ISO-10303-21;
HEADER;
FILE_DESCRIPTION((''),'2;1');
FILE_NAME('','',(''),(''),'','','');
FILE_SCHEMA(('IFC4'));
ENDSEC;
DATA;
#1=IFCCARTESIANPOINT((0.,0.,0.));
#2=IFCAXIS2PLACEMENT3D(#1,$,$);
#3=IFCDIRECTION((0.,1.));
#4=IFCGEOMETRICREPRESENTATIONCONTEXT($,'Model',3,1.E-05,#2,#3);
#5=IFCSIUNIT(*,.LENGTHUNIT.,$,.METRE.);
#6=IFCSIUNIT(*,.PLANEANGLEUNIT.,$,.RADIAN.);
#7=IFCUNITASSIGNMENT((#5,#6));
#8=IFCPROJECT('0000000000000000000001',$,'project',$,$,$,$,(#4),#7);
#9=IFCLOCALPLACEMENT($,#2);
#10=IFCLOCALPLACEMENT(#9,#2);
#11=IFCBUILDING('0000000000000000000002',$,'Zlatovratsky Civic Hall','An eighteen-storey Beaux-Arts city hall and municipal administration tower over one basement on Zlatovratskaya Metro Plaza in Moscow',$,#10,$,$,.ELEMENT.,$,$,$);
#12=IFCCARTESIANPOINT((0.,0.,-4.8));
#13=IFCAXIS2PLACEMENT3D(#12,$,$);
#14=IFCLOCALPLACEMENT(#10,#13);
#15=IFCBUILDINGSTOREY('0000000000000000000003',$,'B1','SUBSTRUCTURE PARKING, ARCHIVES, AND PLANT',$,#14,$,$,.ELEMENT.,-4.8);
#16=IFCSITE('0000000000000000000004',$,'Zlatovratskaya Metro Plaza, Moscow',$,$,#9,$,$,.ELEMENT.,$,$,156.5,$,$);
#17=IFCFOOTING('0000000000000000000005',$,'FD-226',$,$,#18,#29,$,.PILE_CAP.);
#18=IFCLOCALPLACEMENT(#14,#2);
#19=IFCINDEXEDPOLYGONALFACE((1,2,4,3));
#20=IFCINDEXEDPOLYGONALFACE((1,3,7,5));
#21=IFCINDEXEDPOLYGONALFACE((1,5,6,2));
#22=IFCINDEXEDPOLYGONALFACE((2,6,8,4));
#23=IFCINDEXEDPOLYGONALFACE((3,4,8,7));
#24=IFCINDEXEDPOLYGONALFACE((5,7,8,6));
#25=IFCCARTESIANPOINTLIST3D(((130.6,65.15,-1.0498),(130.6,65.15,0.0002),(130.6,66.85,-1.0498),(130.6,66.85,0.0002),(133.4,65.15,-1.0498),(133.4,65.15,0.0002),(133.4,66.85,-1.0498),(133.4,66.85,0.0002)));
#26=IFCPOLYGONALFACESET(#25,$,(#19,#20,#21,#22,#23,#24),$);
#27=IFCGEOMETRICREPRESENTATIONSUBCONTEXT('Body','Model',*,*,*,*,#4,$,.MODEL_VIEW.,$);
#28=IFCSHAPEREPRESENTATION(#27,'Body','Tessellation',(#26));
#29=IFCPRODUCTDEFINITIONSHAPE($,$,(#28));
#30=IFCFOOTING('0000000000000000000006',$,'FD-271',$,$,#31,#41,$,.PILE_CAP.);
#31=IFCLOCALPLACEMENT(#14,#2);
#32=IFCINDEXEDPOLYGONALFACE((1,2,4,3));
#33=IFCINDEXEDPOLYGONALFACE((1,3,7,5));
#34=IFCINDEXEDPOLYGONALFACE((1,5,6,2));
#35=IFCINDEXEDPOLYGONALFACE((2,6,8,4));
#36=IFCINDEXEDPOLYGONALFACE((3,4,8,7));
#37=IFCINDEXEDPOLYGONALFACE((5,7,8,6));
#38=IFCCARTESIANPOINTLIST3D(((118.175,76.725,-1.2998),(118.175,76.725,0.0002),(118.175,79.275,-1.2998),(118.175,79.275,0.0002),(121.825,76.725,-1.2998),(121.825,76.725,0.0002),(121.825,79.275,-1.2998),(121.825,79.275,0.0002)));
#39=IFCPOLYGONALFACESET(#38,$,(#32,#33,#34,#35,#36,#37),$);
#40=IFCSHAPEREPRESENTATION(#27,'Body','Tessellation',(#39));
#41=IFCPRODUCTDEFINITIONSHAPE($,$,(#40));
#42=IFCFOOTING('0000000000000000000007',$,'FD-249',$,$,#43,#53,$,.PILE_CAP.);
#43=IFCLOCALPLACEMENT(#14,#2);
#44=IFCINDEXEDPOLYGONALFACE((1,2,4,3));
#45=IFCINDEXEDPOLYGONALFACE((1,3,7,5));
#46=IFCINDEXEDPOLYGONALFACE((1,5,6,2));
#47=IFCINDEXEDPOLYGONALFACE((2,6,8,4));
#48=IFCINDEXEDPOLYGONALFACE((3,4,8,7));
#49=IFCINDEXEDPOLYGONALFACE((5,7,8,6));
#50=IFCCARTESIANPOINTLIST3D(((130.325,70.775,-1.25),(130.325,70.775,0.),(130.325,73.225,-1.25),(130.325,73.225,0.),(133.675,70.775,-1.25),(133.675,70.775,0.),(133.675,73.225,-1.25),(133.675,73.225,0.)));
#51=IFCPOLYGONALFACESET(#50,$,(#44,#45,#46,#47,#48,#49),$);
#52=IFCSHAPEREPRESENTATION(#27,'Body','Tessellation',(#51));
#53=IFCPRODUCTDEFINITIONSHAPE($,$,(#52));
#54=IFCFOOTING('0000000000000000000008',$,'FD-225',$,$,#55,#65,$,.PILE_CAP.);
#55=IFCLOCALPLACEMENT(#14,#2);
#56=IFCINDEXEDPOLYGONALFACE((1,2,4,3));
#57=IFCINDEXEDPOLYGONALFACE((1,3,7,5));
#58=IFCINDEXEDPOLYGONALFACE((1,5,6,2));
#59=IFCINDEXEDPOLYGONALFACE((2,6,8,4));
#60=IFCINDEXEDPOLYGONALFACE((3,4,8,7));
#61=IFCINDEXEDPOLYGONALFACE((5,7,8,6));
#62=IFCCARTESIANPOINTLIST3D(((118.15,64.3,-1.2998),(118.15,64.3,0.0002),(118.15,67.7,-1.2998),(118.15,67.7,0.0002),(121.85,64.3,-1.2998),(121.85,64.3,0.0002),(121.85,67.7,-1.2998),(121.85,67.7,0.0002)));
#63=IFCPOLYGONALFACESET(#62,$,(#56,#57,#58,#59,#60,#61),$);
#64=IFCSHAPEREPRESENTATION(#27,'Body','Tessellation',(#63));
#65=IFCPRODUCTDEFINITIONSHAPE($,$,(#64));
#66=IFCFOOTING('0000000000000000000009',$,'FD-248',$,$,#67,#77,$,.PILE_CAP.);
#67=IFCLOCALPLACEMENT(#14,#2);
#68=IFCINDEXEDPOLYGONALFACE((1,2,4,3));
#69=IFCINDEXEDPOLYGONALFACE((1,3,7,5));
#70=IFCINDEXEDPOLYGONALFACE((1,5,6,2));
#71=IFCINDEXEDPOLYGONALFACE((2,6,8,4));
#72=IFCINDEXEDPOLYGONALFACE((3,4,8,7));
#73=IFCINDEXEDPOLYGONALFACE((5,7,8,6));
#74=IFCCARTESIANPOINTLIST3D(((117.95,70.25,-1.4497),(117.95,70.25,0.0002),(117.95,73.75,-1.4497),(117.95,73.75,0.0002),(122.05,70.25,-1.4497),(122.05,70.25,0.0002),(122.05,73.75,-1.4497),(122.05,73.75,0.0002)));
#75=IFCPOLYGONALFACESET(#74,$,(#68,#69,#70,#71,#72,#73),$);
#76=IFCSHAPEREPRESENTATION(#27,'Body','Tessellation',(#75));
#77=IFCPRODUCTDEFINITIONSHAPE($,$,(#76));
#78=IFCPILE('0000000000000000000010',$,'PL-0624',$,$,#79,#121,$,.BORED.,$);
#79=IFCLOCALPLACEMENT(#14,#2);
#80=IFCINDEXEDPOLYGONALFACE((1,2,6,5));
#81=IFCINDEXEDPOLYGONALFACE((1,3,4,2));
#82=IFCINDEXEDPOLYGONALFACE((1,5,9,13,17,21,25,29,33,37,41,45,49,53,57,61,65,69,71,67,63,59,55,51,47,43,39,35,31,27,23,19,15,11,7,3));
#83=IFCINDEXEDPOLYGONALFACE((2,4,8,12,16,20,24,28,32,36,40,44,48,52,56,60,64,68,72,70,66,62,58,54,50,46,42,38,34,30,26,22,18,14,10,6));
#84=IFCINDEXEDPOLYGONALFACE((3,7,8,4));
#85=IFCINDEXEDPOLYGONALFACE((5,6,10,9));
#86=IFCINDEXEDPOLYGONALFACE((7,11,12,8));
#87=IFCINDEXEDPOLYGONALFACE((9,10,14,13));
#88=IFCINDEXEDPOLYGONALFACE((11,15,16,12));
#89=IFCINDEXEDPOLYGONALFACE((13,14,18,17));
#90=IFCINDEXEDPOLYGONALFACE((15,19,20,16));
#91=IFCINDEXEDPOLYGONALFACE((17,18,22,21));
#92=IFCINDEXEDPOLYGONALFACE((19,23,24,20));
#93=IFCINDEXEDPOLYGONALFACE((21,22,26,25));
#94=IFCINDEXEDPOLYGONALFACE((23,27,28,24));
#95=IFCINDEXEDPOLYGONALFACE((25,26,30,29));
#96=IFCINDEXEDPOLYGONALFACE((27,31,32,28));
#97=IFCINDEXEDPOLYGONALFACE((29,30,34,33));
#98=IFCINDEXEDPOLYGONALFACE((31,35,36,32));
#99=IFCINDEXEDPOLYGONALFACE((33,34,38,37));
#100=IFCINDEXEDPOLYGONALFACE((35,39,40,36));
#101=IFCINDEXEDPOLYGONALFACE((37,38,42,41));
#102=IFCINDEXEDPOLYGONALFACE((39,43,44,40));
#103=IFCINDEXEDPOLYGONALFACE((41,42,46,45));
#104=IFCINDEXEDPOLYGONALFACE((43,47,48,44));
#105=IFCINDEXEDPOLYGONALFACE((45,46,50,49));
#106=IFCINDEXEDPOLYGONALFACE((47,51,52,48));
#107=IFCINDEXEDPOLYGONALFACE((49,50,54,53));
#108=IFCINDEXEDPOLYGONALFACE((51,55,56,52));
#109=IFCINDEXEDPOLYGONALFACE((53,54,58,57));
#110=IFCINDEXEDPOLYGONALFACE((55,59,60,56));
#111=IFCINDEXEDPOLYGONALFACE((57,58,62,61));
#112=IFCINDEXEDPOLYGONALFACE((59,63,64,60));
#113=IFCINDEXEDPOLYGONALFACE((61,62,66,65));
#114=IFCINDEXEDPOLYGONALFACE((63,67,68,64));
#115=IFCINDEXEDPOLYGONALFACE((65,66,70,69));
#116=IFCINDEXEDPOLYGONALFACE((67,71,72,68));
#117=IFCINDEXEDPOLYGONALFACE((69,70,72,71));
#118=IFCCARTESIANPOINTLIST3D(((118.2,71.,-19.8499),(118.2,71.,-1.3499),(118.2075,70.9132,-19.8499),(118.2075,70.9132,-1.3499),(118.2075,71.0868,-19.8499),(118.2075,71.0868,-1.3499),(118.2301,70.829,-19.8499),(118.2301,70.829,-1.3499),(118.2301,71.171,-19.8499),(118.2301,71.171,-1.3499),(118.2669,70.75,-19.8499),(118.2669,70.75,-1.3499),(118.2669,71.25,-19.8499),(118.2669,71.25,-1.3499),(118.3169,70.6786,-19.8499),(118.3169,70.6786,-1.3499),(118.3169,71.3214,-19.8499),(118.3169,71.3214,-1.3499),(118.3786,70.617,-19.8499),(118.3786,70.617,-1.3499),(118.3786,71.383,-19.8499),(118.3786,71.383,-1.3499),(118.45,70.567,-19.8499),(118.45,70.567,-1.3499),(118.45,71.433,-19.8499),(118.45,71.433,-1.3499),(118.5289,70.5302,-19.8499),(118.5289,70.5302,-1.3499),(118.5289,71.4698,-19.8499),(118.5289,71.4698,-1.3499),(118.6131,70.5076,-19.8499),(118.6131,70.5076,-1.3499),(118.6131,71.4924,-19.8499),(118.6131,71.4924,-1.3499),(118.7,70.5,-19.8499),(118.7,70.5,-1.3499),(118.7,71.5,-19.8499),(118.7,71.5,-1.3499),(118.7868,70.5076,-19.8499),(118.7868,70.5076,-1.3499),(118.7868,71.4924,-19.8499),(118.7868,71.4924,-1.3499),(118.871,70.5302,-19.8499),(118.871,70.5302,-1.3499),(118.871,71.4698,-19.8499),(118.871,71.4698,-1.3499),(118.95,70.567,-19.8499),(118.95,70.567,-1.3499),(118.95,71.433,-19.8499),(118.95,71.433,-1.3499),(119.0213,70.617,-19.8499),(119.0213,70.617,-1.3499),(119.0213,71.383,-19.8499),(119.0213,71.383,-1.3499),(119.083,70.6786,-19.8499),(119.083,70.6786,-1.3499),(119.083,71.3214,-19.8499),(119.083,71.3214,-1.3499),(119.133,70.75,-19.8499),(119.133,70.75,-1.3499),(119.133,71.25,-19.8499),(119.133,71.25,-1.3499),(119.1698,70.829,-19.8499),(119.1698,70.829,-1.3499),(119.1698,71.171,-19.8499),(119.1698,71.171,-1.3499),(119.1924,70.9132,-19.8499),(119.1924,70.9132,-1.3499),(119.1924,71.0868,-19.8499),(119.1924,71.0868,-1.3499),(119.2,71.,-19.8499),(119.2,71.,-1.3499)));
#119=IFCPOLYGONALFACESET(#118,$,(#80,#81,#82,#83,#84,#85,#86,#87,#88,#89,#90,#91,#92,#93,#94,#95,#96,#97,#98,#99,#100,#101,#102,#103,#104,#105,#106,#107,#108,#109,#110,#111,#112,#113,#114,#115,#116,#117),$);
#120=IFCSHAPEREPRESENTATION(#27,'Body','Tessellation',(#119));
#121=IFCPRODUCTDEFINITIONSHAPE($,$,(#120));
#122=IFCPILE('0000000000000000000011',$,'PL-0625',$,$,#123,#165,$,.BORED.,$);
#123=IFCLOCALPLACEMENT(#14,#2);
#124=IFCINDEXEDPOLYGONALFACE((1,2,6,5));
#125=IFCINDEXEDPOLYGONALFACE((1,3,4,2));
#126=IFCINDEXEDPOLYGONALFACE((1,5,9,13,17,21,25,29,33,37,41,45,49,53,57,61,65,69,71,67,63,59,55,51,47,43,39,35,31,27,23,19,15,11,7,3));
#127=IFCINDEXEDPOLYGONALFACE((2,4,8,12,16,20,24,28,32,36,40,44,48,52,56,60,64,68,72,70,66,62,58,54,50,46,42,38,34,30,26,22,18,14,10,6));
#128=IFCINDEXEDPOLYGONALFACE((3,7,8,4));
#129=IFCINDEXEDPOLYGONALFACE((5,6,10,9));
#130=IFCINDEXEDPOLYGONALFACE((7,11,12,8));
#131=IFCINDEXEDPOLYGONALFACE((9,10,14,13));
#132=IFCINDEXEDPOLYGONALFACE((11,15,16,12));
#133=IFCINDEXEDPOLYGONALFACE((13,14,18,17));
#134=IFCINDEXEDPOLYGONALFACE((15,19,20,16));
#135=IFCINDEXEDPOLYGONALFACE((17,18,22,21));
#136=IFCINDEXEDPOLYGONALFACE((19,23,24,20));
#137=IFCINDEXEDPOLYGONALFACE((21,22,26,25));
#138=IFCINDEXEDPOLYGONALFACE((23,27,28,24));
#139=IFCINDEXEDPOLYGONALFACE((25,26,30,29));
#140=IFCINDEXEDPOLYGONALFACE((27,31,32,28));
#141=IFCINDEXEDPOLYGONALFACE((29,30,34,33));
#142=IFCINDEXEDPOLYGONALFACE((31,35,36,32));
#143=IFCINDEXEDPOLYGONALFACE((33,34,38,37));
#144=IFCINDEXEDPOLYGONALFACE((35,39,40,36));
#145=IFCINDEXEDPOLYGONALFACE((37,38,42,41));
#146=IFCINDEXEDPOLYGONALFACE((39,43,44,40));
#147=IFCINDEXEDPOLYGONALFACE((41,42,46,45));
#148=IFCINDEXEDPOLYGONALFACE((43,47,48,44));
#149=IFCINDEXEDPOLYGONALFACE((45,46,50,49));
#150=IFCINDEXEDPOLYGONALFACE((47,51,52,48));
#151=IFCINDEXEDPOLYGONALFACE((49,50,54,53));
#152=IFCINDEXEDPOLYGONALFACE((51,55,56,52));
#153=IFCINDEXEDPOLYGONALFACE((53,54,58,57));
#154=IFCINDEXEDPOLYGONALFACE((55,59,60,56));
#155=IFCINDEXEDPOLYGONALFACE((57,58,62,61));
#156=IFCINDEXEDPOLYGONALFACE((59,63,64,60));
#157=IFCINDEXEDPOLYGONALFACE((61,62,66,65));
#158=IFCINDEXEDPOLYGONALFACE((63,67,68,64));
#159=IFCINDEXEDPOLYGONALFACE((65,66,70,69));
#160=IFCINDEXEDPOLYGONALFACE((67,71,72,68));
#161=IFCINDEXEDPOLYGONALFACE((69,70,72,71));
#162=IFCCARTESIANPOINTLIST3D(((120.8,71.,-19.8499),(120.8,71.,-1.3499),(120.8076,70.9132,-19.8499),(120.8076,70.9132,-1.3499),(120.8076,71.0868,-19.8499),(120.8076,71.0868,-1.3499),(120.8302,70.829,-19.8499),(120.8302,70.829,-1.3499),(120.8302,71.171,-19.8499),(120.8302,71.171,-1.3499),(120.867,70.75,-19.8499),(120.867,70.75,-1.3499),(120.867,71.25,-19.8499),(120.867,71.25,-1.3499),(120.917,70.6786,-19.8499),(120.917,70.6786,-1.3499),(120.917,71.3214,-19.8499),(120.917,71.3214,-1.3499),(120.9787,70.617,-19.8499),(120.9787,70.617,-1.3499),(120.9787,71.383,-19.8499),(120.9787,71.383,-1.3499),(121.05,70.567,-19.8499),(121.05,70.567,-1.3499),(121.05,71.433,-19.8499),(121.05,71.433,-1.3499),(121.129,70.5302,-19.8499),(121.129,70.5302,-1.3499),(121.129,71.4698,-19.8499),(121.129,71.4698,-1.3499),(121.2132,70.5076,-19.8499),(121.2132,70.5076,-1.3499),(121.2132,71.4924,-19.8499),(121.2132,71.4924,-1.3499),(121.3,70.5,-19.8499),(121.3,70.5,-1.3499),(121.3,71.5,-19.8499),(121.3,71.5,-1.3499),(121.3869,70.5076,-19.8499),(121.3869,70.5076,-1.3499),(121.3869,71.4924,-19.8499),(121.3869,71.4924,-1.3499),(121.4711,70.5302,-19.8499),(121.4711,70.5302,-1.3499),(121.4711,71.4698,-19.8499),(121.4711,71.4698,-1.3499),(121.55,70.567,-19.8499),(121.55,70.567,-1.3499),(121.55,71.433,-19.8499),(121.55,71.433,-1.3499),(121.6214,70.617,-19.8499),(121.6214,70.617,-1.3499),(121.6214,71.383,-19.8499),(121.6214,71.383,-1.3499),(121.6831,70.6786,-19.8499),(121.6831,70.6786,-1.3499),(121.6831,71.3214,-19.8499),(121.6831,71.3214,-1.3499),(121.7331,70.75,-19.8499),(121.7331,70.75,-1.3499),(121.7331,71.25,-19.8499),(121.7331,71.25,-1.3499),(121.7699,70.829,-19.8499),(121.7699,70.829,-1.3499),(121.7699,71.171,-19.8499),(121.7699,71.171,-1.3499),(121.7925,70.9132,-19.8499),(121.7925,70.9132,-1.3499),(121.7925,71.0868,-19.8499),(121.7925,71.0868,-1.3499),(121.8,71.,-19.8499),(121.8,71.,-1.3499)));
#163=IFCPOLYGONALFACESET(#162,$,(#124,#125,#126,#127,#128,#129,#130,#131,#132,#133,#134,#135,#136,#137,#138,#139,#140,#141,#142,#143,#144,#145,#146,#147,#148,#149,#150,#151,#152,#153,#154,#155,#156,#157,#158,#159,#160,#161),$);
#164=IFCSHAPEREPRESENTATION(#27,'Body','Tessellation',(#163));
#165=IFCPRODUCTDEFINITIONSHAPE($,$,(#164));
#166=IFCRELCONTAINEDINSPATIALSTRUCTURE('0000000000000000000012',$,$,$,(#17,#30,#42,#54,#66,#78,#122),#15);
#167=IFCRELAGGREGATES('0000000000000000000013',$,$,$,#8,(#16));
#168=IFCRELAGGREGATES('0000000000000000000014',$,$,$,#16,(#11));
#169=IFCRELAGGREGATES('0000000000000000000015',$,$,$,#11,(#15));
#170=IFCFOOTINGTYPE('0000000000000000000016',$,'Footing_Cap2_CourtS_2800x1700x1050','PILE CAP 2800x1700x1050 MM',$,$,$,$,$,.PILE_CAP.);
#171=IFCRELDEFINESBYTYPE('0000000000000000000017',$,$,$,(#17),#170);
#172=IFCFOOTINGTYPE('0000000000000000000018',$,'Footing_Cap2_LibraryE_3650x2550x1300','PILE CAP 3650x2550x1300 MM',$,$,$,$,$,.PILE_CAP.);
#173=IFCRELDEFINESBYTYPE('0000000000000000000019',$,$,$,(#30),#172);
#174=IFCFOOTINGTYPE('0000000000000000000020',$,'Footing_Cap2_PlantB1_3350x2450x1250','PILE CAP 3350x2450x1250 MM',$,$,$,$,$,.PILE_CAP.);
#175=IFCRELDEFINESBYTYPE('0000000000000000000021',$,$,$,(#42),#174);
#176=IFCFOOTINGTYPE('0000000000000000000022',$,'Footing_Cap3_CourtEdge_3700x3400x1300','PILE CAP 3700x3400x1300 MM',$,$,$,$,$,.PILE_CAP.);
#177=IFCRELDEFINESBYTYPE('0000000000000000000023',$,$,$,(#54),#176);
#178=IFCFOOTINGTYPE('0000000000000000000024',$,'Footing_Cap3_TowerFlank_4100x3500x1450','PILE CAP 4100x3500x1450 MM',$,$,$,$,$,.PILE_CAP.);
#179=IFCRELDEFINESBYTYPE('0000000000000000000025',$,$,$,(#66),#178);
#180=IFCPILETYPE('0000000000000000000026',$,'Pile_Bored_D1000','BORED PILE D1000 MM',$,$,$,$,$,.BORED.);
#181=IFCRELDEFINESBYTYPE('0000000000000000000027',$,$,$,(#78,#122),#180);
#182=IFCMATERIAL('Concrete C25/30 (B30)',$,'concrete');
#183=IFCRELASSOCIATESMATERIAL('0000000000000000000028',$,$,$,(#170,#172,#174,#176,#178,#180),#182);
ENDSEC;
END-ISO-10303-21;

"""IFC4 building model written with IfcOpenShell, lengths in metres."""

from ifc_helpers import new_model, si_unit, direction, frame, origin, origin_2d, place, context, subcontext, project, spatial, rectangle, circle, extrude, material, material_profile, profile_set, type_object, element, save


model = new_model("IFC4")

# Units and contexts
model_context = context("Model", 3, precision=1e-05, world=origin(), true_north=direction((0.0, 1.0)))
body_context = subcontext(model_context, "Body", "Model", "MODEL_VIEW")
ifc_project = project(units=[si_unit("LENGTHUNIT", "METRE"), si_unit("PLANEANGLEUNIT", "RADIAN")], contexts=[model_context])

# Site, building, storey
site_placement = place(None, origin())
site = spatial("IfcSite", under=ifc_project, at=site_placement, Name="Zlatovratskaya Metro Plaza, Moscow", CompositionType="ELEMENT", RefElevation=156.5)
building_placement = place(site_placement, origin())
building = spatial("IfcBuilding", under=site, at=building_placement, Name="Zlatovratsky Civic Hall", Description="An eighteen-storey Beaux-Arts city hall and municipal administration tower over one basement on Zlatovratskaya Metro Plaza in Moscow", CompositionType="ELEMENT")
storey_placement = place(building_placement, frame((0.0, 0.0, -4.8)))
storey = spatial("IfcBuildingStorey", under=building, at=storey_placement, Name="B1", Description="SUBSTRUCTURE PARKING, ARCHIVES, AND PLANT", CompositionType="ELEMENT", Elevation=-4.8)

# Footings
ifc_material_1 = material(Name="Concrete C25/30 (B30)", Category="concrete")
footing_type_1 = type_object("IfcFootingType", Name="Footing_Cap2_CourtS_2800x1700x1050", Description="PILE CAP 2800x1700x1050 MM", PredefinedType="PILE_CAP", material=ifc_material_1)
footing_1_placement = place(storey_placement, frame((132.0, 66.0, -1.0498), z_axis=(0.0, 0.0, 1.0), x_axis=(1.0, 0.0, 0.0)))
element("IfcFooting", 1, at=footing_1_placement, inside=storey, type_object=footing_type_1, Name="FD-226", PredefinedType="PILE_CAP", context=body_context, shape_type="SweptSolid", body=[
    extrude(rectangle(XDim=2.8, YDim=1.7, at=origin_2d()), origin(), (0.0, 0.0, 1.0), 1.05),
])
footing_type_2 = type_object("IfcFootingType", Name="Footing_Cap2_LibraryE_3650x2550x1300", Description="PILE CAP 3650x2550x1300 MM", PredefinedType="PILE_CAP", material=ifc_material_1)
footing_2_placement = place(storey_placement, frame((120.0, 78.0, -1.2998), z_axis=(0.0, 0.0, 1.0), x_axis=(1.0, 0.0, 0.0)))
element("IfcFooting", 2, at=footing_2_placement, inside=storey, type_object=footing_type_2, Name="FD-271", PredefinedType="PILE_CAP", context=body_context, shape_type="SweptSolid", body=[
    extrude(rectangle(XDim=3.6499, YDim=2.55, at=origin_2d()), origin(), (0.0, 0.0, 1.0), 1.3),
])
footing_type_3 = type_object("IfcFootingType", Name="Footing_Cap2_PlantB1_3350x2450x1250", Description="PILE CAP 3350x2450x1250 MM", PredefinedType="PILE_CAP", material=ifc_material_1)
footing_3_placement = place(storey_placement, frame((132.0, 72.0, -1.25), z_axis=(0.0, 0.0, 1.0), x_axis=(1.0, 0.0, 0.0)))
element("IfcFooting", 3, at=footing_3_placement, inside=storey, type_object=footing_type_3, Name="FD-249", PredefinedType="PILE_CAP", context=body_context, shape_type="SweptSolid", body=[
    extrude(rectangle(XDim=3.3501, YDim=2.45, at=origin_2d()), origin(), (0.0, 0.0, 1.0), 1.25),
])
footing_type_4 = type_object("IfcFootingType", Name="Footing_Cap3_CourtEdge_3700x3400x1300", Description="PILE CAP 3700x3400x1300 MM", PredefinedType="PILE_CAP", material=ifc_material_1)
footing_4_placement = place(storey_placement, frame((120.0, 66.0, -1.2998), z_axis=(0.0, 0.0, 1.0), x_axis=(1.0, 0.0, 0.0)))
element("IfcFooting", 4, at=footing_4_placement, inside=storey, type_object=footing_type_4, Name="FD-225", PredefinedType="PILE_CAP", context=body_context, shape_type="SweptSolid", body=[
    extrude(rectangle(XDim=3.7, YDim=3.3999, at=origin_2d()), origin(), (0.0, 0.0, 1.0), 1.3),
])
footing_type_5 = type_object("IfcFootingType", Name="Footing_Cap3_TowerFlank_4100x3500x1450", Description="PILE CAP 4100x3500x1450 MM", PredefinedType="PILE_CAP", material=ifc_material_1)
footing_5_placement = place(storey_placement, frame((120.0, 72.0, -1.4497), z_axis=(0.0, 0.0, 1.0), x_axis=(1.0, 0.0, 0.0)))
element("IfcFooting", 5, at=footing_5_placement, inside=storey, type_object=footing_type_5, Name="FD-248", PredefinedType="PILE_CAP", context=body_context, shape_type="SweptSolid", body=[
    extrude(rectangle(XDim=4.1001, YDim=3.5, at=origin_2d()), origin(), (0.0, 0.0, 1.0), 1.45),
])

# Piles
ifc_material_profile_1 = material_profile(ifc_material_1, circle(Radius=0.5, at=origin_2d()), Name="PILE D1000")
ifc_profile_set_1 = profile_set([ifc_material_profile_1], Name="Concrete C25/30 (B30)")
pile_type_1 = type_object("IfcPileType", Name="Pile_Bored_D1000", Description="BORED PILE D1000 MM", PredefinedType="BORED", material=ifc_profile_set_1)
for number, where, z_axis, x_axis, name in (
    (6, (118.7, 71.0, -1.3499), (0.0, 0.0, -1.0), (1.0, 0.0, 0.0), "PL-0624"),
    (7, (121.3, 71.0, -1.3499), (0.0, 0.0, -1.0), (1.0, 0.0, 0.0), "PL-0625"),
):
    element("IfcPile", number, at=place(storey_placement, frame(where, z_axis=z_axis, x_axis=x_axis)), inside=storey, type_object=pile_type_1, Name=name, PredefinedType="BORED", context=body_context, shape_type="SweptSolid", body=[
        extrude(circle(Radius=0.5, at=origin_2d()), origin(), (0.0, 0.0, 1.0), 18.5),
    ])

save(model, "model.ifc")
